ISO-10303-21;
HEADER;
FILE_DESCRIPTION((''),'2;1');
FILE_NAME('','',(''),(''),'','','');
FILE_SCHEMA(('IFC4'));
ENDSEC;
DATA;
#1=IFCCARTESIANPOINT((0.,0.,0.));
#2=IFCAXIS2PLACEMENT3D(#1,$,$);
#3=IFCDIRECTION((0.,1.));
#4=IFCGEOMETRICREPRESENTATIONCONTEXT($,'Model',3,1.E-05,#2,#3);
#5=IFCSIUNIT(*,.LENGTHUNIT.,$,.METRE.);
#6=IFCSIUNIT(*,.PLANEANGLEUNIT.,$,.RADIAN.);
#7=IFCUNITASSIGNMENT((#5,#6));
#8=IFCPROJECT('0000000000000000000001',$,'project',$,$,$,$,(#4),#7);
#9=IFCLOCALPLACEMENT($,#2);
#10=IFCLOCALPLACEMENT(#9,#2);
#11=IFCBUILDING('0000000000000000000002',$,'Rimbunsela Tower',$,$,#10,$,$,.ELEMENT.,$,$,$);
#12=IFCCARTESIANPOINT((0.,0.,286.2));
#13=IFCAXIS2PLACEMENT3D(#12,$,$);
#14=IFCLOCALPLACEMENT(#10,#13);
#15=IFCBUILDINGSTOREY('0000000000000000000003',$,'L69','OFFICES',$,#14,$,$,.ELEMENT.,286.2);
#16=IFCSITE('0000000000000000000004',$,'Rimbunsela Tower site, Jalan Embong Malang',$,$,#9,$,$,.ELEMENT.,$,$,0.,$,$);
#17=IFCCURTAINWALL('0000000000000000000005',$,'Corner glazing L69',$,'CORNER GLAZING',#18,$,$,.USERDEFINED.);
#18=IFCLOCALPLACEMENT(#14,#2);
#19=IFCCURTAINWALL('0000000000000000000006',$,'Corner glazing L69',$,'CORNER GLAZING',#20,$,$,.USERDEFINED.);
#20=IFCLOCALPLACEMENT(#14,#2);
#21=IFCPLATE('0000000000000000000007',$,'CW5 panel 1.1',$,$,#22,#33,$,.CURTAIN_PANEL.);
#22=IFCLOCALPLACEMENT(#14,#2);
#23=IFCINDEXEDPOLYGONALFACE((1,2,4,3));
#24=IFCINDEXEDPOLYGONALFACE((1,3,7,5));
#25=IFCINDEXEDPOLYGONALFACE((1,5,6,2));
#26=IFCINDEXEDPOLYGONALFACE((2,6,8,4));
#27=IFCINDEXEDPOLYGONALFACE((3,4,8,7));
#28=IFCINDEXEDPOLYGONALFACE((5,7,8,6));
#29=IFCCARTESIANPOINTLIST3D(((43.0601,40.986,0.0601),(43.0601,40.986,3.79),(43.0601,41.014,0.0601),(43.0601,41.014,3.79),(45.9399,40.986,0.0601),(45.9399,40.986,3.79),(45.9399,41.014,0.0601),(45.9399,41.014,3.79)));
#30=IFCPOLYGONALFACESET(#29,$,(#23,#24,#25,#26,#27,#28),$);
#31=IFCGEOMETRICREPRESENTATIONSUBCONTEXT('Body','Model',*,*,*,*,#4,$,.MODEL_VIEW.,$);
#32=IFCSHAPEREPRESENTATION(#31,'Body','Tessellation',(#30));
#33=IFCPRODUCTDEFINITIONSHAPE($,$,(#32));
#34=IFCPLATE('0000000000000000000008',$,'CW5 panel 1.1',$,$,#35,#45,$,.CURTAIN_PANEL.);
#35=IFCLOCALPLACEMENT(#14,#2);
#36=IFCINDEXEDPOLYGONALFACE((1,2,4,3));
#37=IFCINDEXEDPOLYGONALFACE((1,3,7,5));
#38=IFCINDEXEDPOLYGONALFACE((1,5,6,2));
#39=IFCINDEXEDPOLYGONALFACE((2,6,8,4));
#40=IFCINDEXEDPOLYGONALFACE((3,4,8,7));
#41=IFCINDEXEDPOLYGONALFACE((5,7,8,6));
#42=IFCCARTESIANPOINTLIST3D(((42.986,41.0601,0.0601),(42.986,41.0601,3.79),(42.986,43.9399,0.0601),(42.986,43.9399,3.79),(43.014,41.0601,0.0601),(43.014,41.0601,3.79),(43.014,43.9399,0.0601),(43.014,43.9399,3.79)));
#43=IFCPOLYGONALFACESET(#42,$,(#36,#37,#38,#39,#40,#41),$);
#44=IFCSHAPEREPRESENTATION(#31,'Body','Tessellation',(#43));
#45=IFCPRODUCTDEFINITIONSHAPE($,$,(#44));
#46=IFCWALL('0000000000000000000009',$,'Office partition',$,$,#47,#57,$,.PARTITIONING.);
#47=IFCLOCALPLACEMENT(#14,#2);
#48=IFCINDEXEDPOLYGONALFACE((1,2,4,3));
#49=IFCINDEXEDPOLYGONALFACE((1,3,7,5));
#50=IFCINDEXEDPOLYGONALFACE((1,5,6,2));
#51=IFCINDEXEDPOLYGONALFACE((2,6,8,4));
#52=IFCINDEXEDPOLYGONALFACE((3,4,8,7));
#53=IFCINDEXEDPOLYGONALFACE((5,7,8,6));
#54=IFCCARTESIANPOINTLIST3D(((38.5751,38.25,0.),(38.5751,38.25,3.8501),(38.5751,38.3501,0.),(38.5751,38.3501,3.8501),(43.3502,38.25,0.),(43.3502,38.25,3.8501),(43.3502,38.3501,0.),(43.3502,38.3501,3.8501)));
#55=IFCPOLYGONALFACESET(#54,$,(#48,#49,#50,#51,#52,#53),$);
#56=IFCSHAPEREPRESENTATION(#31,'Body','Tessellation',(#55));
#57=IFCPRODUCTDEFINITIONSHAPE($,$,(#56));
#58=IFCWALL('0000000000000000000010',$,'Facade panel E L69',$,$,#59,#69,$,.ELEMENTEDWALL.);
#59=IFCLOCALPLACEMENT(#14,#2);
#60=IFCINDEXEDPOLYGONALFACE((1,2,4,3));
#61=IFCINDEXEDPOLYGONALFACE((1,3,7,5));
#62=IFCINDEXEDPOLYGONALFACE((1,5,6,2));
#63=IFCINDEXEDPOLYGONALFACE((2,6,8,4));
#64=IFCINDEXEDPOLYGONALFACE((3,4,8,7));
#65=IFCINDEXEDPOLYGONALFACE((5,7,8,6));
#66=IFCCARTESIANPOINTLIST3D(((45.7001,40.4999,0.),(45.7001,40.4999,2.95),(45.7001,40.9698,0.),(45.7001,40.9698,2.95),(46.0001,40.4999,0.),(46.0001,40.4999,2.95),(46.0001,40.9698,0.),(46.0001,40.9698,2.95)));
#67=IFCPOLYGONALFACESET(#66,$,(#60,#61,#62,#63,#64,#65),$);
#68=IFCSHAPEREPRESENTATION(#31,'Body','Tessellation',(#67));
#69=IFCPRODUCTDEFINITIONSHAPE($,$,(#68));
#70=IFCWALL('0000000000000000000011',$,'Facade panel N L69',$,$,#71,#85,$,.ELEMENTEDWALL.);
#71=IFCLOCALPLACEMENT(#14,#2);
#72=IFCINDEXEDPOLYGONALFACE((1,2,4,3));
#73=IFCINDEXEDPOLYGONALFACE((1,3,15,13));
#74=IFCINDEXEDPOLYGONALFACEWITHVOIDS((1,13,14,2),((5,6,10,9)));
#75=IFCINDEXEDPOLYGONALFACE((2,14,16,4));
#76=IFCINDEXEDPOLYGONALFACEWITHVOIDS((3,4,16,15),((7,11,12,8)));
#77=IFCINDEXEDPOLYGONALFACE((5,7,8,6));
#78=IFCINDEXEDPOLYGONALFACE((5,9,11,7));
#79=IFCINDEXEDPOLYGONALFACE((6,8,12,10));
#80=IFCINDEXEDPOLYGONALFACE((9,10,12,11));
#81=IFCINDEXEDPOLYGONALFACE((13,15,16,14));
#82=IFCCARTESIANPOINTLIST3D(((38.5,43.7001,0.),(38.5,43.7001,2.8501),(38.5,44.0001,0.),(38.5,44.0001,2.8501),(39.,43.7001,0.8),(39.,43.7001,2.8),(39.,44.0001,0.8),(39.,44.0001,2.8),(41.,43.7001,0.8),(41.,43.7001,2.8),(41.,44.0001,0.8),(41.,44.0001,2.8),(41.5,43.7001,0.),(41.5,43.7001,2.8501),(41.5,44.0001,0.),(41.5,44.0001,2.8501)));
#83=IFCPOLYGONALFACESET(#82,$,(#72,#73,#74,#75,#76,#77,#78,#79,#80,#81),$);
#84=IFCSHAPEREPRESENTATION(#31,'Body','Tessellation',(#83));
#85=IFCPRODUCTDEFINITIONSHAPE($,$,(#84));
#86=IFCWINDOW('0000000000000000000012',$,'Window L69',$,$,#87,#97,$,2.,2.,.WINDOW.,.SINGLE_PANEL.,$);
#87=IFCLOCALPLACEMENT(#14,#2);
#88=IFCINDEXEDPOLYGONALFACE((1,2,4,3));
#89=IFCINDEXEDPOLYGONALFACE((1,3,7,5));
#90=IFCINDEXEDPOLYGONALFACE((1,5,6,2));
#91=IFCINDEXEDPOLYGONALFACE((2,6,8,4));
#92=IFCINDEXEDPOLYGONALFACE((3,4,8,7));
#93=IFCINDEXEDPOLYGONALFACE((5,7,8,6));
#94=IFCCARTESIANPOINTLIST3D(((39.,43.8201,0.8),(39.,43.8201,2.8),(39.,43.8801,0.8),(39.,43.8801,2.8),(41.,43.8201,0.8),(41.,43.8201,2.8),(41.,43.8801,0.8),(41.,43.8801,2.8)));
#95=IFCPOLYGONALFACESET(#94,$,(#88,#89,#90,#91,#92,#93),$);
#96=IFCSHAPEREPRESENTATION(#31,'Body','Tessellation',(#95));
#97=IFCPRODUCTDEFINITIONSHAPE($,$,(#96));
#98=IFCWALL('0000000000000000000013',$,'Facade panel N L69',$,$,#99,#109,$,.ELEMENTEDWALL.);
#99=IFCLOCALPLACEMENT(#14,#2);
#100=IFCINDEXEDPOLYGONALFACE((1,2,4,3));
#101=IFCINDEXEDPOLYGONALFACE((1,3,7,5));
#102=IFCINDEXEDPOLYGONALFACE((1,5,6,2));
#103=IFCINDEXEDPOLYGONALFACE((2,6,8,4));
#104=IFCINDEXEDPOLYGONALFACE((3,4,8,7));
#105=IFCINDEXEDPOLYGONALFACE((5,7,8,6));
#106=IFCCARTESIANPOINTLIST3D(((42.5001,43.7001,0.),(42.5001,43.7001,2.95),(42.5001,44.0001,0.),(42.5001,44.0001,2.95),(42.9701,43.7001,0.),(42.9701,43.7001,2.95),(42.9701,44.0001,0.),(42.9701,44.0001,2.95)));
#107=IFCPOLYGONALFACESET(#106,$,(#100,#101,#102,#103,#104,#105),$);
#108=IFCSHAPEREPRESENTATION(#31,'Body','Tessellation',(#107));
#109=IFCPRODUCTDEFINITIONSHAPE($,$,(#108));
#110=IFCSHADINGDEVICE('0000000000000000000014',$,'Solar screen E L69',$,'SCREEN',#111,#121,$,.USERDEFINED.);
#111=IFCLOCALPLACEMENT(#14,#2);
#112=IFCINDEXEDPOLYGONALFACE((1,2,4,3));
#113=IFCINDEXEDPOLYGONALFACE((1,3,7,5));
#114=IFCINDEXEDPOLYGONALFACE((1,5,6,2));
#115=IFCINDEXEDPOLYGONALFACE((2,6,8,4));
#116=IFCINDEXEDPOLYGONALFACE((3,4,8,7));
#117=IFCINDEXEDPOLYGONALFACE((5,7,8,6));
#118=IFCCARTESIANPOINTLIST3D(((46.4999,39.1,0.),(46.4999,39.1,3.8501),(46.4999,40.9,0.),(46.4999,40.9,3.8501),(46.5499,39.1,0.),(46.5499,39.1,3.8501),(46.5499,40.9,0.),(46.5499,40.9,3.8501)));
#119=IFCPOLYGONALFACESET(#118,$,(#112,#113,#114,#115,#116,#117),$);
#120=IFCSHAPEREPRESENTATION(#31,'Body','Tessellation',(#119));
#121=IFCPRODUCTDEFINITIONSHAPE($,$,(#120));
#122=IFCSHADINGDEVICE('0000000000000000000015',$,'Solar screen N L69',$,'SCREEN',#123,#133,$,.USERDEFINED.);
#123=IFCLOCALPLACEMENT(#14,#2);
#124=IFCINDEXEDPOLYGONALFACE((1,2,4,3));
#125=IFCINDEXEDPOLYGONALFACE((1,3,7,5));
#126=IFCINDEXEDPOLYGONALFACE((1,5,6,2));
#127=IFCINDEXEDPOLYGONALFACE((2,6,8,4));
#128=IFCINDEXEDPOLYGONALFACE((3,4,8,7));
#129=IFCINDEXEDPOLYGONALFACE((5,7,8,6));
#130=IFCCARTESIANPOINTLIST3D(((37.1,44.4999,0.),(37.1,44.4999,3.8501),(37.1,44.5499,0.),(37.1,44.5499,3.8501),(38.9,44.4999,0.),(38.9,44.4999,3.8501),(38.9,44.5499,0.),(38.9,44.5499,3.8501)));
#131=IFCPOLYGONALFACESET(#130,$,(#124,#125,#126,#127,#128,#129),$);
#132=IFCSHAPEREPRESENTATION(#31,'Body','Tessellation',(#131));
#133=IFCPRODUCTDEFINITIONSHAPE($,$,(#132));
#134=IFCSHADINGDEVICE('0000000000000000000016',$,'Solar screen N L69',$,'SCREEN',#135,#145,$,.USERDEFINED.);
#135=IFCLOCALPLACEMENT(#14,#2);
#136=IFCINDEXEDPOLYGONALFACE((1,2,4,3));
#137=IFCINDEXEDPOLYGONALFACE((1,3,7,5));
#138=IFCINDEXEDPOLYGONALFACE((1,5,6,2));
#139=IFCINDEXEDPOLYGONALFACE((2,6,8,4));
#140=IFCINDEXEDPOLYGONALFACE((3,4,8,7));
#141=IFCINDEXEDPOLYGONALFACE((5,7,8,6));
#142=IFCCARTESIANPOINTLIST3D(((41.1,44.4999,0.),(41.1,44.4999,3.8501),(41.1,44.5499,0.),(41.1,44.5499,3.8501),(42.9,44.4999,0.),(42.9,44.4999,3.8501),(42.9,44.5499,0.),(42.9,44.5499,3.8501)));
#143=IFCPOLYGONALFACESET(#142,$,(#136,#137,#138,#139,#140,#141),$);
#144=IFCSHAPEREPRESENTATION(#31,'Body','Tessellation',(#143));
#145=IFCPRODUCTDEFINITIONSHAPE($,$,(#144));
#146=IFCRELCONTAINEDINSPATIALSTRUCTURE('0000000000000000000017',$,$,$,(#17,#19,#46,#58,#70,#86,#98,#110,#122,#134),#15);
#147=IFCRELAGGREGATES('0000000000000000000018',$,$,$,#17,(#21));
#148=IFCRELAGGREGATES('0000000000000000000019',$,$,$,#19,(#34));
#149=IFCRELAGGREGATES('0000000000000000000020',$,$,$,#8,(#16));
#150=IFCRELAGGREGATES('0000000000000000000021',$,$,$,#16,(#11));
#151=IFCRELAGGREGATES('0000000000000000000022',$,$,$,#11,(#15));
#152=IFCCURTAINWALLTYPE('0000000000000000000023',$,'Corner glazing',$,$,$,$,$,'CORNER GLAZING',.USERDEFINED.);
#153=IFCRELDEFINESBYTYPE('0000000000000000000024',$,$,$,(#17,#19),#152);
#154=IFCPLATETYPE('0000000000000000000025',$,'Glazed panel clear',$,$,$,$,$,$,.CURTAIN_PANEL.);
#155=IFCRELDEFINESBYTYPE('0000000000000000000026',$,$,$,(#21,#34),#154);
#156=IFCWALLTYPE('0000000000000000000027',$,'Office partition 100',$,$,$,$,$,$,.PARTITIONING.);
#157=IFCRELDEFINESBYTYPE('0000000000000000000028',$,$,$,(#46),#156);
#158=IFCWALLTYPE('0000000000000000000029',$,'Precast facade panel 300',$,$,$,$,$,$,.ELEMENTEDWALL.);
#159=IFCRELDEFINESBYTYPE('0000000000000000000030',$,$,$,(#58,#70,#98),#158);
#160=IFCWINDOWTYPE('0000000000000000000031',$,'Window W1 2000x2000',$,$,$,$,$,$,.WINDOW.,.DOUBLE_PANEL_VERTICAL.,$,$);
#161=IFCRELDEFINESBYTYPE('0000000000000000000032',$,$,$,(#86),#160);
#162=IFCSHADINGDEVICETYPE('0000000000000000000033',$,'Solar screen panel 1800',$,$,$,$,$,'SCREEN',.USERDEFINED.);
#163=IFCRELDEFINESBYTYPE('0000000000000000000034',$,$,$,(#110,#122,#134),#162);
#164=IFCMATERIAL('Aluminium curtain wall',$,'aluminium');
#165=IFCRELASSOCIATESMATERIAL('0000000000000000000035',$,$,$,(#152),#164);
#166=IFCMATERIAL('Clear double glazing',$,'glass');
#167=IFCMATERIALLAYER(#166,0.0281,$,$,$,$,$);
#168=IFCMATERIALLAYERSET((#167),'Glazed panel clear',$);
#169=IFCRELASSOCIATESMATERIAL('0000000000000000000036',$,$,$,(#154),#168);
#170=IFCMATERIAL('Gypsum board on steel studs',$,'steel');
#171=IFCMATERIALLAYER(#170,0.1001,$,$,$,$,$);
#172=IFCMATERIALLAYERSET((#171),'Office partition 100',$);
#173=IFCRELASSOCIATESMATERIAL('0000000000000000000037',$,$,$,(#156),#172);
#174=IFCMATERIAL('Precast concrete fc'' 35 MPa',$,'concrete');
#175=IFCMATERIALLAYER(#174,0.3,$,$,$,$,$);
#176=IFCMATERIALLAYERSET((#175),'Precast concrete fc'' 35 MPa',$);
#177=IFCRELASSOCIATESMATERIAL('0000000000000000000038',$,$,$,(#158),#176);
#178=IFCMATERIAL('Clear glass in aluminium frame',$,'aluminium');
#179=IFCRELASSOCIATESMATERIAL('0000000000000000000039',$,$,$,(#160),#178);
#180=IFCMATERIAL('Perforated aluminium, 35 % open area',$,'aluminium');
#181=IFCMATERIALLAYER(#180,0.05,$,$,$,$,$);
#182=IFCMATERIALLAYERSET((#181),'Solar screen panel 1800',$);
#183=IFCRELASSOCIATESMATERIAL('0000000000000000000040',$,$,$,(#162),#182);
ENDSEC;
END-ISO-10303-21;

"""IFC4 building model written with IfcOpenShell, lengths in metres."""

from ifc_helpers import new_model, si_unit, direction, frame, frame_2d, origin, origin_2d, place, context, subcontext, project, spatial, rectangle, extrude, material, layer, layer_set, type_object, element, fill, aggregate, save


model = new_model("IFC4")

# Units and contexts
model_context = context("Model", 3, precision=1e-05, world=origin(), true_north=direction((0.0, 1.0)))
body_context = subcontext(model_context, "Body", "Model", "MODEL_VIEW")
ifc_project = project(units=[si_unit("LENGTHUNIT", "METRE"), si_unit("PLANEANGLEUNIT", "RADIAN")], contexts=[model_context])

# Site, building, storey
site_placement = place(None, origin())
site = spatial("IfcSite", under=ifc_project, at=site_placement, Name="Rimbunsela Tower site, Jalan Embong Malang", CompositionType="ELEMENT", RefElevation=0.0)
building_placement = place(site_placement, origin())
building = spatial("IfcBuilding", under=site, at=building_placement, Name="Rimbunsela Tower", CompositionType="ELEMENT")
storey_placement = place(building_placement, frame((0.0, 0.0, 286.2)))
storey = spatial("IfcBuildingStorey", under=building, at=storey_placement, Name="L69", Description="OFFICES", CompositionType="ELEMENT", Elevation=286.2)

# Curtain walls
ifc_material_1 = material(Name="Aluminium curtain wall", Category="aluminium")
curtain_wall_type = type_object("IfcCurtainWallType", Name="Corner glazing", ElementType="CORNER GLAZING", PredefinedType="USERDEFINED", material=ifc_material_1)
curtain_wall_1_placement = place(storey_placement, origin())
curtain_wall_1 = element("IfcCurtainWall", 1, at=curtain_wall_1_placement, inside=storey, type_object=curtain_wall_type, Name="Corner glazing L69", ObjectType="CORNER GLAZING", PredefinedType="USERDEFINED")
curtain_wall_2_placement = place(storey_placement, origin())
curtain_wall_2 = element("IfcCurtainWall", 2, at=curtain_wall_2_placement, inside=storey, type_object=curtain_wall_type, Name="Corner glazing L69", ObjectType="CORNER GLAZING", PredefinedType="USERDEFINED")

# Plates
ifc_material_2 = material(Name="Clear double glazing", Category="glass")
ifc_layer_1 = layer(ifc_material_2, 0.0281)
ifc_layer_set_1 = layer_set([ifc_layer_1], Name="Glazed panel clear")
plate_type = type_object("IfcPlateType", Name="Glazed panel clear", PredefinedType="CURTAIN_PANEL", material=ifc_layer_set_1)
plate_1_placement = place(storey_placement, frame((44.5, 41.0, 0.0601), z_axis=(0.0, 0.0, 1.0), x_axis=(-1.0, 0.0, 0.0)))
plate_1 = element("IfcPlate", 3, at=plate_1_placement, type_object=plate_type, Name="CW5 panel 1.1", PredefinedType="CURTAIN_PANEL", context=body_context, shape_type="SweptSolid", body=[
    extrude(rectangle(XDim=2.8799, YDim=0.0281, at=origin_2d()), origin(), (0.0, 0.0, 1.0), 3.73),
])
aggregate(curtain_wall_1, [plate_1])
plate_2_placement = place(storey_placement, frame((43.0, 42.5, 0.0601), z_axis=(0.0, 0.0, 1.0), x_axis=(0.0, 1.0, 0.0)))
plate_2 = element("IfcPlate", 4, at=plate_2_placement, type_object=plate_type, Name="CW5 panel 1.1", PredefinedType="CURTAIN_PANEL", context=body_context, shape_type="SweptSolid", body=[
    extrude(rectangle(XDim=2.8799, YDim=0.0281, at=origin_2d()), origin(), (0.0, 0.0, 1.0), 3.73),
])
aggregate(curtain_wall_2, [plate_2])

# Walls
ifc_material_3 = material(Name="Gypsum board on steel studs", Category="steel")
ifc_layer_2 = layer(ifc_material_3, 0.1001)
ifc_layer_set_2 = layer_set([ifc_layer_2], Name="Office partition 100")
wall_type_1 = type_object("IfcWallType", Name="Office partition 100", PredefinedType="PARTITIONING", material=ifc_layer_set_2)
wall_1_placement = place(storey_placement, frame((38.575, 38.3, 0.0), z_axis=(0.0, 0.0, 1.0), x_axis=(1.0, 0.0, 0.0)))
element("IfcWall", 5, at=wall_1_placement, inside=storey, type_object=wall_type_1, Name="Office partition", PredefinedType="PARTITIONING", context=body_context, shape_type="SweptSolid", body=[
    extrude(rectangle(XDim=4.7751, YDim=0.1001, at=frame_2d((2.3877, 0.0))), origin(), (0.0, 0.0, 1.0), 3.8501),
])
ifc_material_4 = material(Name="Precast concrete fc' 35 MPa", Category="concrete")
ifc_layer_3 = layer(ifc_material_4, 0.3)
ifc_layer_set_3 = layer_set([ifc_layer_3], Name="Precast concrete fc' 35 MPa")
wall_type_2 = type_object("IfcWallType", Name="Precast facade panel 300", PredefinedType="ELEMENTEDWALL", material=ifc_layer_set_3)
wall_2_placement = place(storey_placement, frame((45.8501, 40.5, 0.0), z_axis=(0.0, 0.0, 1.0), x_axis=(0.0, 1.0, 0.0)))
element("IfcWall", 6, at=wall_2_placement, inside=storey, type_object=wall_type_2, Name="Facade panel E L69", PredefinedType="ELEMENTEDWALL", context=body_context, shape_type="SweptSolid", body=[
    extrude(rectangle(XDim=0.47, YDim=0.3, at=frame_2d((0.2349, 0.0))), origin(), (0.0, 0.0, 1.0), 2.95),
])

# Wall, opening, window
wall_3_placement = place(storey_placement, frame((41.5, 43.8501, 0.0), z_axis=(0.0, 0.0, 1.0), x_axis=(-1.0, 0.0, 0.0)))
wall_3 = element("IfcWall", 7, at=wall_3_placement, inside=storey, type_object=wall_type_2, Name="Facade panel N L69", PredefinedType="ELEMENTEDWALL", context=body_context, shape_type="SweptSolid", body=[
    extrude(rectangle(XDim=3.0, YDim=0.3, at=frame_2d((1.5, 0.0))), origin(), (0.0, 0.0, 1.0), 2.8501),
])
opening_placement = place(wall_3_placement, frame((0.5, 0.0, 0.8)))
opening = element("IfcOpeningElement", 8, at=opening_placement, cuts=wall_3, PredefinedType="OPENING", context=body_context, shape_type="SweptSolid", body=[
    extrude(rectangle(XDim=2.0, YDim=2.0, at=frame_2d((1.0, 1.0))), frame((0.0, 0.1599, 0.0), z_axis=(0.0, -1.0, 0.0), x_axis=(1.0, 0.0, 0.0)), (0.0, 0.0, 1.0), 0.3201),
])
ifc_material_5 = material(Name="Clear glass in aluminium frame", Category="aluminium")
window_type = type_object("IfcWindowType", Name="Window W1 2000x2000", PartitioningType="DOUBLE_PANEL_VERTICAL", PredefinedType="WINDOW", material=ifc_material_5)
window_placement = place(opening_placement, origin())
window = element("IfcWindow", 9, at=window_placement, inside=storey, type_object=window_type, Name="Window L69", OverallHeight=2.0, OverallWidth=2.0, PartitioningType="SINGLE_PANEL", PredefinedType="WINDOW", context=body_context, shape_type="SweptSolid", body=[
    extrude(rectangle(XDim=2.0, YDim=2.0, at=frame_2d((1.0, 1.0))), frame((0.0, 0.03, 0.0), z_axis=(0.0, -1.0, 0.0), x_axis=(1.0, 0.0, 0.0)), (0.0, 0.0, 1.0), 0.0601),
])
fill(opening, window)

# Wall
wall_4_placement = place(storey_placement, frame((42.97, 43.8501, 0.0), z_axis=(0.0, 0.0, 1.0), x_axis=(-1.0, 0.0, 0.0)))
element("IfcWall", 10, at=wall_4_placement, inside=storey, type_object=wall_type_2, Name="Facade panel N L69", PredefinedType="ELEMENTEDWALL", context=body_context, shape_type="SweptSolid", body=[
    extrude(rectangle(XDim=0.47, YDim=0.3, at=frame_2d((0.2349, 0.0))), origin(), (0.0, 0.0, 1.0), 2.95),
])

# Shading devices
ifc_material_6 = material(Name="Perforated aluminium, 35 % open area", Category="aluminium")
ifc_layer_4 = layer(ifc_material_6, 0.05)
ifc_layer_set_4 = layer_set([ifc_layer_4], Name="Solar screen panel 1800")
shading_device_type = type_object("IfcShadingDeviceType", Name="Solar screen panel 1800", ElementType="SCREEN", PredefinedType="USERDEFINED", material=ifc_layer_set_4)
for number, where, z_axis, x_axis, name in (
    (11, (46.5249, 40.0, 0.0), (0.0, 0.0, 1.0), (0.0, 1.0, 0.0), "Solar screen E L69"),
    (12, (38.0, 44.5249, 0.0), (0.0, 0.0, 1.0), (1.0, 0.0, 0.0), "Solar screen N L69"),
    (13, (42.0, 44.5249, 0.0), (0.0, 0.0, 1.0), (1.0, 0.0, 0.0), "Solar screen N L69"),
):
    element("IfcShadingDevice", number, at=place(storey_placement, frame(where, z_axis=z_axis, x_axis=x_axis)), inside=storey, type_object=shading_device_type, Name=name, ObjectType="SCREEN", PredefinedType="USERDEFINED", context=body_context, shape_type="SweptSolid", body=[
        extrude(rectangle(XDim=1.8, YDim=0.05, at=origin_2d()), origin(), (0.0, 0.0, 1.0), 3.8501),
    ])

save(model, "model.ifc")
